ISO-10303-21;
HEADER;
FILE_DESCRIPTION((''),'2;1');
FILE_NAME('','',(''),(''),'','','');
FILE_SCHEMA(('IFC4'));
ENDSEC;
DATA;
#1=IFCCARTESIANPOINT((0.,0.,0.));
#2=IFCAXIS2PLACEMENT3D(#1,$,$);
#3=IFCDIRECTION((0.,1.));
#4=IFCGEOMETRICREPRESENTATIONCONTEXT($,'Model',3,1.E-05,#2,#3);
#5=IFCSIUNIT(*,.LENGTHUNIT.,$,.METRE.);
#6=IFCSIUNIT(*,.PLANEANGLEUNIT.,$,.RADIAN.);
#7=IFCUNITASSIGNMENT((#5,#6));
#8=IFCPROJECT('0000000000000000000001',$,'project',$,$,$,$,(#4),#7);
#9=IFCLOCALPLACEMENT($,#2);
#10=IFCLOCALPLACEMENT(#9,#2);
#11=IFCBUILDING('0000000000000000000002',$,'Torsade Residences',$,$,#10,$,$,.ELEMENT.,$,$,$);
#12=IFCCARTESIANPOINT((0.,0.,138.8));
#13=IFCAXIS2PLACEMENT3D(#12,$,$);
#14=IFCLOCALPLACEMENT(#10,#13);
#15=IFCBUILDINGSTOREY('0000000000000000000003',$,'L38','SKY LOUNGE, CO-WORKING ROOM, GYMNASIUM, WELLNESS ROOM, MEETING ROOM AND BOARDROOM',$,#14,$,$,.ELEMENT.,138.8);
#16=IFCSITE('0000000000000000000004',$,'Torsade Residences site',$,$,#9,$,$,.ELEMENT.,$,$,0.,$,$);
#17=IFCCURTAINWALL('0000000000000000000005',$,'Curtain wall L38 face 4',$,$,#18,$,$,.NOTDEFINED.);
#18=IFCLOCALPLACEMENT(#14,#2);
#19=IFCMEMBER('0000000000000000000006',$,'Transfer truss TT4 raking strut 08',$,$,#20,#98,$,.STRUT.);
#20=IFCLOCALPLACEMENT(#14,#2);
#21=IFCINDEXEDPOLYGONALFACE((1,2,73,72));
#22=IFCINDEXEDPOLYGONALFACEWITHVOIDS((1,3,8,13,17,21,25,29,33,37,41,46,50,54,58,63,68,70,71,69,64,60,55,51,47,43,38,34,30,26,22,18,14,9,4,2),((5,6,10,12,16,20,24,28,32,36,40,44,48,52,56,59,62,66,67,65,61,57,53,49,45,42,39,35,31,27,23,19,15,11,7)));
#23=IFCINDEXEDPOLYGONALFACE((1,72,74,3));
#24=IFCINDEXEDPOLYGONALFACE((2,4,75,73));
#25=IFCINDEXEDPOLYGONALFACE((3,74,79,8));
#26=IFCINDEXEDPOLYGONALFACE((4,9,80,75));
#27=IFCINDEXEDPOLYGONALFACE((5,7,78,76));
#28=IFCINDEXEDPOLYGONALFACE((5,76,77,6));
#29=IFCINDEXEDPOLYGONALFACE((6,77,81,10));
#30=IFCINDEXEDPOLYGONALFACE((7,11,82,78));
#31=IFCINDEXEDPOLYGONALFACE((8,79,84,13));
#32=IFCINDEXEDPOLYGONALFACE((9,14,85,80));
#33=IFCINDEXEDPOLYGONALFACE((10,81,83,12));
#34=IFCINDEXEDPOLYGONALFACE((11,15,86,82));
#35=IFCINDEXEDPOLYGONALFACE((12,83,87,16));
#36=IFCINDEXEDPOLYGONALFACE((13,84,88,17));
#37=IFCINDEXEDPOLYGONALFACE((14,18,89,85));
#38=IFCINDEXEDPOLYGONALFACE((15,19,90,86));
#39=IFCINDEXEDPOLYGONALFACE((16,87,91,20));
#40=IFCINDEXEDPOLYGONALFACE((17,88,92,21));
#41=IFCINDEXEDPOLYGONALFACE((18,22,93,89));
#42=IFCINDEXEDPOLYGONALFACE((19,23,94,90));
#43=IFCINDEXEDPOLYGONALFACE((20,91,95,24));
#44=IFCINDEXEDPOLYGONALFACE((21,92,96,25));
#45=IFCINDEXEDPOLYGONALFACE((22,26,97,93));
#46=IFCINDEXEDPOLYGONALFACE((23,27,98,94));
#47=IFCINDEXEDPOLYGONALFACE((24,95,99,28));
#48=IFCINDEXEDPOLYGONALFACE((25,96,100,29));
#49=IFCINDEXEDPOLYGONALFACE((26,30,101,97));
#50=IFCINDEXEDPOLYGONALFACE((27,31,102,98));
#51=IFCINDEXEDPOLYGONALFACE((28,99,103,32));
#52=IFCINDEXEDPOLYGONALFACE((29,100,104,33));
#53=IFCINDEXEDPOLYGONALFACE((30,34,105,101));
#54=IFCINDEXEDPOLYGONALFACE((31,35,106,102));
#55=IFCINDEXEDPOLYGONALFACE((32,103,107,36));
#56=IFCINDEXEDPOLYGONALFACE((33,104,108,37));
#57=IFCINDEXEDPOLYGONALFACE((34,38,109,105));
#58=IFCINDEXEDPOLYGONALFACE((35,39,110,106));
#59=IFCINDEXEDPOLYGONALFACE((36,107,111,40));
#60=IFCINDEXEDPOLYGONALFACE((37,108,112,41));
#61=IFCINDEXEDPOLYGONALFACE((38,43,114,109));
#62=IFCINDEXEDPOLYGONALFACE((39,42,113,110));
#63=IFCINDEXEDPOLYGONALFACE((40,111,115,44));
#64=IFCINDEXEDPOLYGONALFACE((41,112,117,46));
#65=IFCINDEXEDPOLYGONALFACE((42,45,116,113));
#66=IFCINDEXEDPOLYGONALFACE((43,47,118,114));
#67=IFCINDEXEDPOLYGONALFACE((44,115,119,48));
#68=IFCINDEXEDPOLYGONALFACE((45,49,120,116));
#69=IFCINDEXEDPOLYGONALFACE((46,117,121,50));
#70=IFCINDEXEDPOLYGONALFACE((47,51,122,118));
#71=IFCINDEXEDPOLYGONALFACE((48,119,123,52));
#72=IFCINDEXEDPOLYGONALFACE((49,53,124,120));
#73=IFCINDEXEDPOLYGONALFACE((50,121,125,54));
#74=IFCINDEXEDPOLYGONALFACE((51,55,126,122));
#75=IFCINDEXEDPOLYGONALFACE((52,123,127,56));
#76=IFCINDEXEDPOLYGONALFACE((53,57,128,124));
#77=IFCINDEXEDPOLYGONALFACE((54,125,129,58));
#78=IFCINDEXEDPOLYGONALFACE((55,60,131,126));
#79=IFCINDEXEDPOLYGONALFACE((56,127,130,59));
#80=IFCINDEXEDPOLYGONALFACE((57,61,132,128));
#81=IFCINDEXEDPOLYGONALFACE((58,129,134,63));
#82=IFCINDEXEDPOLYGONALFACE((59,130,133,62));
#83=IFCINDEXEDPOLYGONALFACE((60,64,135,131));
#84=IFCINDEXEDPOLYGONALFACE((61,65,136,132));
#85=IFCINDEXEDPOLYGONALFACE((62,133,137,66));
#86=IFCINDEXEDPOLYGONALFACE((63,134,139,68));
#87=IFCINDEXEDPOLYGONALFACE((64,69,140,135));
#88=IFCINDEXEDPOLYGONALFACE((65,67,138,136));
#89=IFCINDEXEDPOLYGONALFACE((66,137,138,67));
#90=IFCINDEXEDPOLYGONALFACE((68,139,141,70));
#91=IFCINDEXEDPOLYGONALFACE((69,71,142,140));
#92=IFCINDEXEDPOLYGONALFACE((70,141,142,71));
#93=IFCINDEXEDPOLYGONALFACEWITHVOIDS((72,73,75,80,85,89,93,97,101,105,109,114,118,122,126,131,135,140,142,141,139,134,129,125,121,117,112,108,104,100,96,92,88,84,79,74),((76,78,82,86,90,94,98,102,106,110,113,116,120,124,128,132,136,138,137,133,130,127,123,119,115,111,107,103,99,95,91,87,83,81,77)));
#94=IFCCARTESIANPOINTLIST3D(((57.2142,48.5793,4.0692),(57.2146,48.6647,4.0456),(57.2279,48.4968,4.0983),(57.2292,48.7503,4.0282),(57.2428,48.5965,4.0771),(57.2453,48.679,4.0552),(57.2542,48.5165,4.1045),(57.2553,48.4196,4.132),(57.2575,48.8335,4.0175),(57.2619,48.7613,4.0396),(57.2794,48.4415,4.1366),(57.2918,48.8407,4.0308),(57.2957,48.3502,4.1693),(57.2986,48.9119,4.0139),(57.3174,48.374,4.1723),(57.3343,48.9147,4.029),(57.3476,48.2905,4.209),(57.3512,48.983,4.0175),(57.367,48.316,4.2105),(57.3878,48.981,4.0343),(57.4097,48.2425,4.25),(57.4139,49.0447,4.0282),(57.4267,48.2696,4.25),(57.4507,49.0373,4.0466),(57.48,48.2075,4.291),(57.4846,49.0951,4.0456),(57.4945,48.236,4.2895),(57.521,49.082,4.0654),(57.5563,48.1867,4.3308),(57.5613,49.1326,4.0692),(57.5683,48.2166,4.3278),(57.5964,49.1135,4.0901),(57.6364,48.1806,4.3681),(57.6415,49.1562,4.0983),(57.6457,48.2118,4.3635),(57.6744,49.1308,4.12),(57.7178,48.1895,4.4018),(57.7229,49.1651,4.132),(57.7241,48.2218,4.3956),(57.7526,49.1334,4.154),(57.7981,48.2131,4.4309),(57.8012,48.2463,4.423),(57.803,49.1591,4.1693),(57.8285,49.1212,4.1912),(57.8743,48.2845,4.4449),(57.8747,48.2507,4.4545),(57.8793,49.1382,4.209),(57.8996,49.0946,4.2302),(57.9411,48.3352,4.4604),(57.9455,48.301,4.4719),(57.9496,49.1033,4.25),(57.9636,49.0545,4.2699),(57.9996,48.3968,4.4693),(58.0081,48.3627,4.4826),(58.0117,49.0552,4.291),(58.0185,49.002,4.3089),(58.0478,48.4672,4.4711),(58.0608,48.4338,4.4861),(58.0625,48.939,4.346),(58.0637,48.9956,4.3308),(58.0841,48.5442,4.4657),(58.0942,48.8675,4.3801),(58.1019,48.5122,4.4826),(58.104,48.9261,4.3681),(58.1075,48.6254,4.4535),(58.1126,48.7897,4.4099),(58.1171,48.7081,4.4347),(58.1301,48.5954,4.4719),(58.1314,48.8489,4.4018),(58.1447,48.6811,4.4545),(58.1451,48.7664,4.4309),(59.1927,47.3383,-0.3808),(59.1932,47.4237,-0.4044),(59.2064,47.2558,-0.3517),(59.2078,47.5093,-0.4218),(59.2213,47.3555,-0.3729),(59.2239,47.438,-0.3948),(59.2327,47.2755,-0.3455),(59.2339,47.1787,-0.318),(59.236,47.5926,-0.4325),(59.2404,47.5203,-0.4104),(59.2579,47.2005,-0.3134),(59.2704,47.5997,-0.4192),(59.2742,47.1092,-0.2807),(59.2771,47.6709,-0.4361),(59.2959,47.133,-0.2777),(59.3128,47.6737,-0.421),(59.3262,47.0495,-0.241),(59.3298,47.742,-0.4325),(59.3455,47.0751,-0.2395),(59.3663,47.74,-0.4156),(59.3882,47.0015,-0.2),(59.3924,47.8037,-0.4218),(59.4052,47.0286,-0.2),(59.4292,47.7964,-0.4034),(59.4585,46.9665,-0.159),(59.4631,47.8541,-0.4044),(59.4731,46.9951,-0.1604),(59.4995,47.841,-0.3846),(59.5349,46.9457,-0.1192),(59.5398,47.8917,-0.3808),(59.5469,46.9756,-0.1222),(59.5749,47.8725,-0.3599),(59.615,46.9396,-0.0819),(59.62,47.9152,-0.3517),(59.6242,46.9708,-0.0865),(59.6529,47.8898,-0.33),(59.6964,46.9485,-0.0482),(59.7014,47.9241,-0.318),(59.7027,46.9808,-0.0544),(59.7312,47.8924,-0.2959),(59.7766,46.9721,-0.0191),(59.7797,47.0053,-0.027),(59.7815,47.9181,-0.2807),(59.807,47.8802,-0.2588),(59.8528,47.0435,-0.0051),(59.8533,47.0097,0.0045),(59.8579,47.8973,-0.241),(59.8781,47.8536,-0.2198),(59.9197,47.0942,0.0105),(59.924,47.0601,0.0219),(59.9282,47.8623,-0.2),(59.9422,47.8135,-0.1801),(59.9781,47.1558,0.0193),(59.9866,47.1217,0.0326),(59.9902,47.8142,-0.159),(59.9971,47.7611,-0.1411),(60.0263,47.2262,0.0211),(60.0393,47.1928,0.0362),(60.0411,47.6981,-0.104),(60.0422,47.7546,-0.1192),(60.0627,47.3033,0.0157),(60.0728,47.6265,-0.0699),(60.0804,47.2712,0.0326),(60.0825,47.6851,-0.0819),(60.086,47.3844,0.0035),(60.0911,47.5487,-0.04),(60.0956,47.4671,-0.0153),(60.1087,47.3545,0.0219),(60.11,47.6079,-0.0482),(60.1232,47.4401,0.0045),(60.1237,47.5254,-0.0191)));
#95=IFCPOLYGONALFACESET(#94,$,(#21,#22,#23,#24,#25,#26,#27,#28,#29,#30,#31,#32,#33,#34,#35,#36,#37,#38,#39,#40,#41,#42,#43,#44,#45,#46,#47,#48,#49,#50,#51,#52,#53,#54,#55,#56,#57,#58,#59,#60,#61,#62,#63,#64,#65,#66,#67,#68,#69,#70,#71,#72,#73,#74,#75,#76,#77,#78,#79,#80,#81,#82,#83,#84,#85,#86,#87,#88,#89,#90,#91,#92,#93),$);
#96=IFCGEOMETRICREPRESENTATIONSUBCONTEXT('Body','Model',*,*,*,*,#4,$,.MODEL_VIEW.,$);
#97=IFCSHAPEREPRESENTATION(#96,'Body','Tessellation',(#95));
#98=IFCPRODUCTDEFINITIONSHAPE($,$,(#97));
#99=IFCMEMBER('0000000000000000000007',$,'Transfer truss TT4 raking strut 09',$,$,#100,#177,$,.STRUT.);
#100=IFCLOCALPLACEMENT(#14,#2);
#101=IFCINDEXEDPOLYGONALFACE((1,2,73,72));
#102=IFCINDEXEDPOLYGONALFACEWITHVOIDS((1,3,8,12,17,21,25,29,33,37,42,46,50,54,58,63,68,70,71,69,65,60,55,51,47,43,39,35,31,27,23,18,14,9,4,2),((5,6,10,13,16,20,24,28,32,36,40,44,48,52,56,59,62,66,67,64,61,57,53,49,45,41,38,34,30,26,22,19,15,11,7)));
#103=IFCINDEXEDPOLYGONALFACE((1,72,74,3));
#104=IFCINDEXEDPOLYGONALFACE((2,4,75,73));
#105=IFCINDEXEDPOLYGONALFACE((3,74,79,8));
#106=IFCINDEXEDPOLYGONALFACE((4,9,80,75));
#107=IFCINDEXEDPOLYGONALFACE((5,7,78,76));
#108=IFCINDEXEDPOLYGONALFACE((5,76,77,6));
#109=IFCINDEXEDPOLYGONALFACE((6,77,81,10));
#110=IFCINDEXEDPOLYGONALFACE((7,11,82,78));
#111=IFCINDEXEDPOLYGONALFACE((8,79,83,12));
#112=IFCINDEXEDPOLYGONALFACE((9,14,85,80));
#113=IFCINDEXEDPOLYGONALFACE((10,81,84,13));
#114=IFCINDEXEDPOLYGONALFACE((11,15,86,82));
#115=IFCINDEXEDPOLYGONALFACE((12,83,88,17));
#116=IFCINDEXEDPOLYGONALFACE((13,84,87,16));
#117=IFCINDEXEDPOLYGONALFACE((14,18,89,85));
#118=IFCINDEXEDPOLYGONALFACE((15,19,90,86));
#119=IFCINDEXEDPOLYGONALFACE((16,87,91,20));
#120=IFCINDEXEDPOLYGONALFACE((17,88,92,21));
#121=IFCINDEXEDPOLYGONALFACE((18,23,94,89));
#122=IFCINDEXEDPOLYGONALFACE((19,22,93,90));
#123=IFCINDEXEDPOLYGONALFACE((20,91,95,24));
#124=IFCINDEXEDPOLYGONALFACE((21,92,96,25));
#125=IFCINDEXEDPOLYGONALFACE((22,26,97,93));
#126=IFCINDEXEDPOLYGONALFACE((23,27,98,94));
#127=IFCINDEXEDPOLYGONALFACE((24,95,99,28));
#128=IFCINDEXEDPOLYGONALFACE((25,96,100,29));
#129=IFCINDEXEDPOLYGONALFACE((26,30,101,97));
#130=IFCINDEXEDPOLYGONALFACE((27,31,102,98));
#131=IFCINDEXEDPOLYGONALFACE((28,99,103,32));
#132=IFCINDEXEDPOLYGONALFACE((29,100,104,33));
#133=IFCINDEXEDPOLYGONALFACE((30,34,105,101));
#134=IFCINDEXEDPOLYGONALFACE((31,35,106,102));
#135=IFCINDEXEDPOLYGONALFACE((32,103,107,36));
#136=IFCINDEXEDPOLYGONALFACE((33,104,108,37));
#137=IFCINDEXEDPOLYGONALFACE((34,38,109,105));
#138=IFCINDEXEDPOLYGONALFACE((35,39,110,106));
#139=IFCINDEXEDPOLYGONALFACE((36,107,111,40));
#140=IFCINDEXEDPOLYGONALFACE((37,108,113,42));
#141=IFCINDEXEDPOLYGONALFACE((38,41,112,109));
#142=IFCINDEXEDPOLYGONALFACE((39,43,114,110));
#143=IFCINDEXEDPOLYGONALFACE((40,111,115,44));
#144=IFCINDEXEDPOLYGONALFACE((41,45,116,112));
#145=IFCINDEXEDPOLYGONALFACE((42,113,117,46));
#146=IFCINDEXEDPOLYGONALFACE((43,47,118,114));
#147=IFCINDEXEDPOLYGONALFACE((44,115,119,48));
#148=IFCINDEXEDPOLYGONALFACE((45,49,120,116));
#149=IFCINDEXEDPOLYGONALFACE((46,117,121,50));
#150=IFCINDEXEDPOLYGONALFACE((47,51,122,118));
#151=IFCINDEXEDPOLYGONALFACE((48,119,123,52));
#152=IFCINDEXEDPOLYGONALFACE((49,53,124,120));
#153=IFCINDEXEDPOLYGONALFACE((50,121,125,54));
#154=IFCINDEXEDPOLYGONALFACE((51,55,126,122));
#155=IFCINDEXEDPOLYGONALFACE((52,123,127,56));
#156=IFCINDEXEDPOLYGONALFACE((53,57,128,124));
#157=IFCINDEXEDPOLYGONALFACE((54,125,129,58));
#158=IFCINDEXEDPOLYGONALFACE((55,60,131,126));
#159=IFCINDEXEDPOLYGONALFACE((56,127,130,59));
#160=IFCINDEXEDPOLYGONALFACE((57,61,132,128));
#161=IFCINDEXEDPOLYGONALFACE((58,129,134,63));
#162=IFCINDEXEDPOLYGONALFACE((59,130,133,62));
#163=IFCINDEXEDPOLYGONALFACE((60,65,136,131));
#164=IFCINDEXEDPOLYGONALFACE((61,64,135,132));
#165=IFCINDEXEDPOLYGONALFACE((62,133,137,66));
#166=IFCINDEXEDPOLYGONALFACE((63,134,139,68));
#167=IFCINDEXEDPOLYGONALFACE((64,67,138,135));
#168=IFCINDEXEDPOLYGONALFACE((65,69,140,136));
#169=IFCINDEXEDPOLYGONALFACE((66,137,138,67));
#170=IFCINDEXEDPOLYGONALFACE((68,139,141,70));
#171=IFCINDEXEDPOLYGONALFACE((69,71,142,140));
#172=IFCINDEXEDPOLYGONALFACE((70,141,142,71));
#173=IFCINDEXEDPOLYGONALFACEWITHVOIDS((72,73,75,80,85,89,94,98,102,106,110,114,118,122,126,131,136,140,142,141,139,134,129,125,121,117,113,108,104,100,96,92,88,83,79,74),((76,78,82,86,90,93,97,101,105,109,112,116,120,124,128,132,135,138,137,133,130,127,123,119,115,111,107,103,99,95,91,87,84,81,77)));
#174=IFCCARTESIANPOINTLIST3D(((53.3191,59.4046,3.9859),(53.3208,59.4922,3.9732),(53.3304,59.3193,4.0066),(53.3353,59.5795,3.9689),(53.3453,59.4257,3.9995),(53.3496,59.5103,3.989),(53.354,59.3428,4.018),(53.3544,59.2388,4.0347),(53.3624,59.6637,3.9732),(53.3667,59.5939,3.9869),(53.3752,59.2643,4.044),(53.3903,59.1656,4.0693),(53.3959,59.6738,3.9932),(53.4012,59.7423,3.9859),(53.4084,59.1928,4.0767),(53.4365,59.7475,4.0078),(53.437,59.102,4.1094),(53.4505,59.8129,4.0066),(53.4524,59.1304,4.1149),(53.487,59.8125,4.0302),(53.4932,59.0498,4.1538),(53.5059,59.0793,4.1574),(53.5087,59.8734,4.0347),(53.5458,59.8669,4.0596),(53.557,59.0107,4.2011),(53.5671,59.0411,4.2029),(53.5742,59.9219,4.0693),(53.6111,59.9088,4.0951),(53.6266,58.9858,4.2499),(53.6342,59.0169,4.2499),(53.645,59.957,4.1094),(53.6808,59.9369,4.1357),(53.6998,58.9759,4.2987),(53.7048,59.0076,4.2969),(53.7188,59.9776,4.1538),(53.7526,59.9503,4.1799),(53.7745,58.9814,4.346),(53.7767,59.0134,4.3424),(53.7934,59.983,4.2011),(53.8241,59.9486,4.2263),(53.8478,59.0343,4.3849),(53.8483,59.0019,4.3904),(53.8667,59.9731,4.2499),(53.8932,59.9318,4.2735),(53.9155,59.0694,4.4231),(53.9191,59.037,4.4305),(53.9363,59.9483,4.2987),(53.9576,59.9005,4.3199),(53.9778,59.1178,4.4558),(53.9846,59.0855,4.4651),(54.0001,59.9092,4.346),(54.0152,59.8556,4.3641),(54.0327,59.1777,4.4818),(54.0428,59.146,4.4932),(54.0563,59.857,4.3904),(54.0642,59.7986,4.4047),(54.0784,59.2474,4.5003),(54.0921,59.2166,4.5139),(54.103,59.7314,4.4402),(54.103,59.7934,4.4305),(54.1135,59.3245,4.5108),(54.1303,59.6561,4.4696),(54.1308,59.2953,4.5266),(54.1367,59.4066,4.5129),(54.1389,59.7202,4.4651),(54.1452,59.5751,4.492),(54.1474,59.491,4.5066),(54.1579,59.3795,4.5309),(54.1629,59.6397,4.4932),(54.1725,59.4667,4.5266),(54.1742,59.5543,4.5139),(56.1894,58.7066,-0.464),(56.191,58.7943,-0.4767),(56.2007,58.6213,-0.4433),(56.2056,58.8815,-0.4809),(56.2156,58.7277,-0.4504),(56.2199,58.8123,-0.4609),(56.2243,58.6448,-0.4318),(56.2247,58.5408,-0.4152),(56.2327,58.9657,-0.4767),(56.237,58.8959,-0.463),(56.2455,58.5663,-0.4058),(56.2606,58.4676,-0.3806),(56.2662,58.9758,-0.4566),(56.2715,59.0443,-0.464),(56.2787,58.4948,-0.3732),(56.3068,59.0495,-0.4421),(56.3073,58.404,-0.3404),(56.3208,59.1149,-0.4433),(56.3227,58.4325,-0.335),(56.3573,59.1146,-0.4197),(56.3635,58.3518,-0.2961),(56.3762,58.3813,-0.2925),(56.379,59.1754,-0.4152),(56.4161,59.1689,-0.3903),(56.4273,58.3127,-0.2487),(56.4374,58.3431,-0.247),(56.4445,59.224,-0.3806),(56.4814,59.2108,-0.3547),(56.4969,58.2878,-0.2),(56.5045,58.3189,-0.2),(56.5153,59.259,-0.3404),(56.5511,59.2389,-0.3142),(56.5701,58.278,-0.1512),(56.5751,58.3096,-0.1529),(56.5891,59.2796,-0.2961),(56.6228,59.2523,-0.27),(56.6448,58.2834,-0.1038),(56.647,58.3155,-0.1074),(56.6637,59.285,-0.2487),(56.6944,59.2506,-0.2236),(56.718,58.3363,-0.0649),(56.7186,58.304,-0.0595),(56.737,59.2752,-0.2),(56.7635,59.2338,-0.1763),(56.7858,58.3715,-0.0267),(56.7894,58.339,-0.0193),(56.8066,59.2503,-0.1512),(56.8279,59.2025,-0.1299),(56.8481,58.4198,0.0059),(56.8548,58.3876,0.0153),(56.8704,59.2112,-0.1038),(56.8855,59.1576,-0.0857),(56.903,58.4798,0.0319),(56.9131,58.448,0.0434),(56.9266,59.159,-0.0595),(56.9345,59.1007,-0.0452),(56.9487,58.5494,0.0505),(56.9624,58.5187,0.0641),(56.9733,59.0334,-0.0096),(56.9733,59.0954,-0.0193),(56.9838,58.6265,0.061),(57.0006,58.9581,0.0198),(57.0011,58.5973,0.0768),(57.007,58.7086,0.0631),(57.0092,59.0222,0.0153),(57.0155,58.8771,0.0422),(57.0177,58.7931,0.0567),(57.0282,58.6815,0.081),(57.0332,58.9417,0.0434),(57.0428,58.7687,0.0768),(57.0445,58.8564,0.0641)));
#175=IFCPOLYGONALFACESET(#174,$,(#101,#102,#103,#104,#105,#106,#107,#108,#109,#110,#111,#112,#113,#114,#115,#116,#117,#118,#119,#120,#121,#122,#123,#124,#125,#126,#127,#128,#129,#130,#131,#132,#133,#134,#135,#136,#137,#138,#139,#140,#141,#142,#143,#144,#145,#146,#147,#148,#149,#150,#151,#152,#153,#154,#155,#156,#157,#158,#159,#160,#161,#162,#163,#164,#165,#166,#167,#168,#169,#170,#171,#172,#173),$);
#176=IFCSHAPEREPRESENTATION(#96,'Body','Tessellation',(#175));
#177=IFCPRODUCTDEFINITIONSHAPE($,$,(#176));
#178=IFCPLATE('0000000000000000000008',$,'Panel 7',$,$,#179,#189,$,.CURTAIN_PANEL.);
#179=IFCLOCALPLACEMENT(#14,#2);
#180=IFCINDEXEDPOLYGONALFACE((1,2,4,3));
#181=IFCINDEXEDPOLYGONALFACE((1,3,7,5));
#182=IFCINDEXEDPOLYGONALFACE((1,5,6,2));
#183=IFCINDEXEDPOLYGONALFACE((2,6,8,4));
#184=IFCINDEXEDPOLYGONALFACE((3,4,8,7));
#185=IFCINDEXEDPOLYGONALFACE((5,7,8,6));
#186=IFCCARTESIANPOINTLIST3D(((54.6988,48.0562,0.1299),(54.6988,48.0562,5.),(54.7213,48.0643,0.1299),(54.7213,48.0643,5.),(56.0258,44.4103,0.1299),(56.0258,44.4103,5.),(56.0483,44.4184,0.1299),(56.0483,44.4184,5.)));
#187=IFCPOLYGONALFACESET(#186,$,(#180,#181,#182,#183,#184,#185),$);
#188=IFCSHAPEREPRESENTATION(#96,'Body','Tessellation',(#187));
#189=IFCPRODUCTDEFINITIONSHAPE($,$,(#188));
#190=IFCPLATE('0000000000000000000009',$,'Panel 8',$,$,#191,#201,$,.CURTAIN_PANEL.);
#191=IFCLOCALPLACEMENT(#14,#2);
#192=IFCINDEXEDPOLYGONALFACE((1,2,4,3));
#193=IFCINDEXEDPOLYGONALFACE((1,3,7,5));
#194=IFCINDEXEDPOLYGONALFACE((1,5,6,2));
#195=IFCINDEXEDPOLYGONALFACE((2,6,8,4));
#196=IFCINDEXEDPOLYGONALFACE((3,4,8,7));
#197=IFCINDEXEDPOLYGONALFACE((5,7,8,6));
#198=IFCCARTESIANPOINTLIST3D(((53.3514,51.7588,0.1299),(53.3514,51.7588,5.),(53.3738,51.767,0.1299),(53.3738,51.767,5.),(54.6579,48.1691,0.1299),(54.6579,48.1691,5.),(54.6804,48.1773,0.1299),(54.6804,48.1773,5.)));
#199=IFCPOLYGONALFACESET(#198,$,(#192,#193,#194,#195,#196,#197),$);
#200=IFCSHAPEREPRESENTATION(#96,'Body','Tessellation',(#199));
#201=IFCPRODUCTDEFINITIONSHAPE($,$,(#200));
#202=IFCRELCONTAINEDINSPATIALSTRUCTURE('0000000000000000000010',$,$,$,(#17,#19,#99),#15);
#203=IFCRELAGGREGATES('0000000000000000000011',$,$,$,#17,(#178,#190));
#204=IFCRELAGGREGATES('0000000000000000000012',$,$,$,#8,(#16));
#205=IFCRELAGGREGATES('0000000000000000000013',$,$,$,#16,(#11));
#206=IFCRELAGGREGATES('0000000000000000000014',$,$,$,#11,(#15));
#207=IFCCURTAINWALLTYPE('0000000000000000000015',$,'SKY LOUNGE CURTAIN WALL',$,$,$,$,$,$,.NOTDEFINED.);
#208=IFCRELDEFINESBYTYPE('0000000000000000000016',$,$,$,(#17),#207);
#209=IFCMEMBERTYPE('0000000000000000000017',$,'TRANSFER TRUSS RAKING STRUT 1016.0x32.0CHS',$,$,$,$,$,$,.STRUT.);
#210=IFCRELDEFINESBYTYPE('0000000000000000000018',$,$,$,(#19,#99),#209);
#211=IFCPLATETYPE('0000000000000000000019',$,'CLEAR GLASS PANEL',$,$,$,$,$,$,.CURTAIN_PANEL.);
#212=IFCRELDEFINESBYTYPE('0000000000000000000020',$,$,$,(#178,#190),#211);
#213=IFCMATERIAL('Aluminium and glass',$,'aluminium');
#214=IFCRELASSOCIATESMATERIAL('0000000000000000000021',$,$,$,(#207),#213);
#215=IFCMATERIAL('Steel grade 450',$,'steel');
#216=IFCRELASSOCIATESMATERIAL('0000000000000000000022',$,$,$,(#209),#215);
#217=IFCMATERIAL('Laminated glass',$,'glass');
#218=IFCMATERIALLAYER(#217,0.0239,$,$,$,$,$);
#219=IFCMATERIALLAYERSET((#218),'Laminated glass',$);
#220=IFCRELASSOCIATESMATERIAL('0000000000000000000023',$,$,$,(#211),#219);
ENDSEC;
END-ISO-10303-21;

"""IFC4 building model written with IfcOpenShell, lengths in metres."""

from ifc_helpers import new_model, si_unit, direction, frame, origin, origin_2d, place, context, subcontext, project, spatial, rectangle, hollow_circle, extrude, material, layer, layer_set, material_profile, profile_set, type_object, element, aggregate, save


model = new_model("IFC4")

# Units and contexts
model_context = context("Model", 3, precision=1e-05, world=origin(), true_north=direction((0.0, 1.0)))
body_context = subcontext(model_context, "Body", "Model", "MODEL_VIEW")
ifc_project = project(units=[si_unit("LENGTHUNIT", "METRE"), si_unit("PLANEANGLEUNIT", "RADIAN")], contexts=[model_context])

# Site, building, storey
site_placement = place(None, origin())
site = spatial("IfcSite", under=ifc_project, at=site_placement, Name="Torsade Residences site", CompositionType="ELEMENT", RefElevation=0.0)
building_placement = place(site_placement, origin())
building = spatial("IfcBuilding", under=site, at=building_placement, Name="Torsade Residences", CompositionType="ELEMENT")
storey_placement = place(building_placement, frame((0.0, 0.0, 138.8)))
storey = spatial("IfcBuildingStorey", under=building, at=storey_placement, Name="L38", Description="SKY LOUNGE, CO-WORKING ROOM, GYMNASIUM, WELLNESS ROOM, MEETING ROOM AND BOARDROOM", CompositionType="ELEMENT", Elevation=138.8)

# Curtain wall
ifc_material_1 = material(Name="Aluminium and glass", Category="aluminium")
curtain_wall_type = type_object("IfcCurtainWallType", Name="SKY LOUNGE CURTAIN WALL", PredefinedType="NOTDEFINED", material=ifc_material_1)
curtain_wall_1_placement = place(storey_placement, origin())
curtain_wall_1 = element("IfcCurtainWall", 1, at=curtain_wall_1_placement, inside=storey, type_object=curtain_wall_type, Name="Curtain wall L38 face 4", PredefinedType="NOTDEFINED")

# Members
ifc_material_2 = material(Name="Steel grade 450", Category="steel")
ifc_material_profile_1 = material_profile(ifc_material_2, hollow_circle(Radius=0.5081, WallThickness=0.032, at=origin_2d()), Name="1016.0x32.0CHS")
ifc_profile_set_1 = profile_set([ifc_material_profile_1], Name="Steel grade 450")
member_type_1 = type_object("IfcMemberType", Name="TRANSFER TRUSS RAKING STRUT 1016.0x32.0CHS", PredefinedType="STRUT", material=ifc_profile_set_1)
member_1_placement = place(storey_placement, frame((59.6582, 47.4319, -0.2), z_axis=(-0.393688, 0.246929, 0.885458), x_axis=(-0.531351, -0.847152, 0.0)))
element("IfcMember", 2, at=member_1_placement, inside=storey, type_object=member_type_1, Name="Transfer truss TT4 raking strut 08", PredefinedType="STRUT", context=body_context, shape_type="SweptSolid", body=[
    extrude(hollow_circle(Radius=0.5081, WallThickness=0.032, at=origin_2d()), origin(), (0.0, 0.0, 1.0), 5.0256),
])
member_2_placement = place(storey_placement, frame((56.6169, 58.7815, -0.2), z_axis=(-0.537402, 0.130682, 0.83314), x_axis=(-0.236288, -0.971683, 0.0)))
element("IfcMember", 3, at=member_2_placement, inside=storey, type_object=member_type_1, Name="Transfer truss TT4 raking strut 09", PredefinedType="STRUT", context=body_context, shape_type="SweptSolid", body=[
    extrude(hollow_circle(Radius=0.5081, WallThickness=0.032, at=origin_2d()), origin(), (0.0, 0.0, 1.0), 5.3411),
])

# Plates
ifc_material_3 = material(Name="Laminated glass", Category="glass")
ifc_layer_1 = layer(ifc_material_3, 0.0239)
ifc_layer_set_1 = layer_set([ifc_layer_1], Name="Laminated glass")
plate_type = type_object("IfcPlateType", Name="CLEAR GLASS PANEL", PredefinedType="CURTAIN_PANEL", material=ifc_layer_set_1)
plate_1_placement = place(storey_placement, frame((55.3735, 46.2373, 0.1299), z_axis=(0.0, 0.0, 1.0), x_axis=(-0.34202, 0.939693, 0.0)))
plate_1 = element("IfcPlate", 4, at=plate_1_placement, type_object=plate_type, Name="Panel 7", PredefinedType="CURTAIN_PANEL", context=body_context, shape_type="SweptSolid", body=[
    extrude(rectangle(XDim=3.8799, YDim=0.0239, at=origin_2d()), origin(), (0.0, 0.0, 1.0), 4.8701),
])
plate_2_placement = place(storey_placement, frame((54.0159, 49.968, 0.1299), z_axis=(0.0, 0.0, 1.0), x_axis=(-0.34202, 0.939693, 0.0)))
plate_2 = element("IfcPlate", 5, at=plate_2_placement, type_object=plate_type, Name="Panel 8", PredefinedType="CURTAIN_PANEL", context=body_context, shape_type="SweptSolid", body=[
    extrude(rectangle(XDim=3.8201, YDim=0.0239, at=origin_2d()), origin(), (0.0, 0.0, 1.0), 4.8701),
])
aggregate(curtain_wall_1, [plate_1, plate_2])

save(model, "model.ifc")
